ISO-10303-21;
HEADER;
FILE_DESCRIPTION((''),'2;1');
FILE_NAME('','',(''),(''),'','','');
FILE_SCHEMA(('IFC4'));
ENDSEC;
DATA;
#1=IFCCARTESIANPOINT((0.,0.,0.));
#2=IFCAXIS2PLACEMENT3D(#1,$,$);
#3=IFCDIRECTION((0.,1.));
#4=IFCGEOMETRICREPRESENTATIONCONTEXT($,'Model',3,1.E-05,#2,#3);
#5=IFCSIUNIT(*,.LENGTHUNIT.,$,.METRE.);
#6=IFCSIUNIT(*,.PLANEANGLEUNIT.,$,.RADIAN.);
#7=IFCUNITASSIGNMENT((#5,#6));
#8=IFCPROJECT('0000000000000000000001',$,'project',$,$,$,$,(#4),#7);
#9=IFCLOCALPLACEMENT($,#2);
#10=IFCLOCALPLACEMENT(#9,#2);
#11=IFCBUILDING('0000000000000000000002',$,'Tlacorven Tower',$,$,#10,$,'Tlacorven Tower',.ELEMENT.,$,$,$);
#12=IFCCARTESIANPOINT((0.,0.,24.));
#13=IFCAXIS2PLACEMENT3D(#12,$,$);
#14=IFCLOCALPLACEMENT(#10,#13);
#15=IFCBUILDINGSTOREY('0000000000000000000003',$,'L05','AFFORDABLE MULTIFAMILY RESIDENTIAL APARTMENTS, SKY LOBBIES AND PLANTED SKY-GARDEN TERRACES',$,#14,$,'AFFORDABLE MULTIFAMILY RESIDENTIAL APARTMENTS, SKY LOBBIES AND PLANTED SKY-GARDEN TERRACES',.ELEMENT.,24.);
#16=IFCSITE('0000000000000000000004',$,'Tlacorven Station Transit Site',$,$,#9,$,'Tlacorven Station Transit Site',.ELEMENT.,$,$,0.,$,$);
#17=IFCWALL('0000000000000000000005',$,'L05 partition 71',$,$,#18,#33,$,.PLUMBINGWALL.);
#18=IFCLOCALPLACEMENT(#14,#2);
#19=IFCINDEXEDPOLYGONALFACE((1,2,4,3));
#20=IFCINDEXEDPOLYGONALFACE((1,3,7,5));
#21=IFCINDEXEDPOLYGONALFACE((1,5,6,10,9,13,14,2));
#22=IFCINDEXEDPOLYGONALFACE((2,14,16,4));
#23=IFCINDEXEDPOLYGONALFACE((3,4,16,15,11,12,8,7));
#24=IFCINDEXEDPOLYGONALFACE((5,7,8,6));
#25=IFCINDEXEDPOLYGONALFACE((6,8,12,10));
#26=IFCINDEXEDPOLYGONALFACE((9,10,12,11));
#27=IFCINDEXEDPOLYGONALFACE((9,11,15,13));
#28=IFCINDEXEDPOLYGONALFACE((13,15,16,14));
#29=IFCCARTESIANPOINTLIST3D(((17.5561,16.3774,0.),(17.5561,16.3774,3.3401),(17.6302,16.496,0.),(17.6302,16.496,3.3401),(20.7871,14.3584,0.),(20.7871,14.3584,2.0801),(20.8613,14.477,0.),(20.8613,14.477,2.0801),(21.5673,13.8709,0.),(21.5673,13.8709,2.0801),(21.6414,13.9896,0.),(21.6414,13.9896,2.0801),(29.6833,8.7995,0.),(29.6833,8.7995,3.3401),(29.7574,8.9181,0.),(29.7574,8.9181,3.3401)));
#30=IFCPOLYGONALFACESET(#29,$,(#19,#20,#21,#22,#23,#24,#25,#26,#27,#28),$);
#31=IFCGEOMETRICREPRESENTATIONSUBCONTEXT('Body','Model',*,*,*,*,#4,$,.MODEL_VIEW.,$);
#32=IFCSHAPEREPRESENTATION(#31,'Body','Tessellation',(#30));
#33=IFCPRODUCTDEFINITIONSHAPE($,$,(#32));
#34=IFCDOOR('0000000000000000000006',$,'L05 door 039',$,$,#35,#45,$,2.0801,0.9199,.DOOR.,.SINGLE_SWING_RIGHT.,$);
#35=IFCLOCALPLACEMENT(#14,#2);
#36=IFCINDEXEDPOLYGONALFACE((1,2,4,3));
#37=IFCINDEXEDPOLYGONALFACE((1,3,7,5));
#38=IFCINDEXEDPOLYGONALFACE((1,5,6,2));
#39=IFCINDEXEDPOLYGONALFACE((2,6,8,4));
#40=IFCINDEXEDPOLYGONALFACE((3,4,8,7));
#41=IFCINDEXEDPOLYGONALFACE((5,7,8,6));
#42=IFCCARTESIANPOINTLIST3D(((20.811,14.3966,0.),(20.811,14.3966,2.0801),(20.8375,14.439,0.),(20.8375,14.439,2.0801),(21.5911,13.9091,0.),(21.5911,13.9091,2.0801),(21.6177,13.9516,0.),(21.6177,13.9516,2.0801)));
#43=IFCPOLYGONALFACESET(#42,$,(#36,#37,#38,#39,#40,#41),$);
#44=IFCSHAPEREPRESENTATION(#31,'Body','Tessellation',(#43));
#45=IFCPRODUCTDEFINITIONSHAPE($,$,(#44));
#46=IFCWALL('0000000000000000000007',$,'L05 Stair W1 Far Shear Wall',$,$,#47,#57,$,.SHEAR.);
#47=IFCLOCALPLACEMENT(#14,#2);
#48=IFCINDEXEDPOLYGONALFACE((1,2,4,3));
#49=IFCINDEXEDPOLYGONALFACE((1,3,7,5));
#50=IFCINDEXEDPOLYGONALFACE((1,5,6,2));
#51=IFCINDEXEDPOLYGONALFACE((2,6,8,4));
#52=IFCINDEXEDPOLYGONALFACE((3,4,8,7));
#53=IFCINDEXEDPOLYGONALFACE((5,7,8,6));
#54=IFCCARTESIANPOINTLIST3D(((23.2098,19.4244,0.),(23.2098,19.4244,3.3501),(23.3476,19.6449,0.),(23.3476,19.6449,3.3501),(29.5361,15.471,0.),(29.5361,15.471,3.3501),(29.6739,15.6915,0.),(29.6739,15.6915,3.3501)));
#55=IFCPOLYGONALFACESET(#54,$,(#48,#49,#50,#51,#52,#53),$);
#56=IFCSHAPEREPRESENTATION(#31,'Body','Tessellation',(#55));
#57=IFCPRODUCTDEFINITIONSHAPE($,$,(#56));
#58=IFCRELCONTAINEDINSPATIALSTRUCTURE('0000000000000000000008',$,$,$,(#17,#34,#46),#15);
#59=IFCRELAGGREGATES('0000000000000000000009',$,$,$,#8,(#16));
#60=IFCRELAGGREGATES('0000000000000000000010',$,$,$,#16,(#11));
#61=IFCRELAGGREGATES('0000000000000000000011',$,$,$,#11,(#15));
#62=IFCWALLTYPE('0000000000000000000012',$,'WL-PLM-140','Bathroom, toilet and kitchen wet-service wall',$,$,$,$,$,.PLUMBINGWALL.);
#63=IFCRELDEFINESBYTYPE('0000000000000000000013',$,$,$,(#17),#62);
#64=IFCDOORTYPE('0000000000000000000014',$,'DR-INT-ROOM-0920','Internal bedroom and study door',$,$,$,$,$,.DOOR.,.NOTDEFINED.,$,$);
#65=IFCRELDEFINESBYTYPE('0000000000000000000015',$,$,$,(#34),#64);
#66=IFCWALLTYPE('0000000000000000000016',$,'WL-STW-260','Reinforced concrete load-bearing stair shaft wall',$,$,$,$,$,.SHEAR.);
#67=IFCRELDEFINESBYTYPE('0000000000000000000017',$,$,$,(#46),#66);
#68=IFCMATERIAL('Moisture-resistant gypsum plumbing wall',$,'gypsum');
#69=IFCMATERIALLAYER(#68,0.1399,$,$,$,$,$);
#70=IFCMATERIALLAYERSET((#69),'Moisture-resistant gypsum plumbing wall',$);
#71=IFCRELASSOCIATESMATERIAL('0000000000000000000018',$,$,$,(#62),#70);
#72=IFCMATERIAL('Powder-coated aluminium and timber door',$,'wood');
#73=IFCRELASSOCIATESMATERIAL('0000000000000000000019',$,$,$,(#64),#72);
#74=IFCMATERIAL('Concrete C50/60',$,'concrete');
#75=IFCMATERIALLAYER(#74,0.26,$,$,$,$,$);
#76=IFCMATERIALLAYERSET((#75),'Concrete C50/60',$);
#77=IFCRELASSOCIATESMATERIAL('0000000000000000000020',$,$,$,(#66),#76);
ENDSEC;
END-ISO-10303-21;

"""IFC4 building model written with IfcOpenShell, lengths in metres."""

from ifc_helpers import new_model, si_unit, direction, frame, frame_2d, origin, place, context, subcontext, project, spatial, rectangle, extrude, source, transform, mapped, material, layer, layer_set, type_object, element, fill, save


model = new_model("IFC4")

# Units and contexts
model_context = context("Model", 3, precision=1e-05, world=origin(), true_north=direction((0.0, 1.0)))
body_context = subcontext(model_context, "Body", "Model", "MODEL_VIEW")
ifc_project = project(units=[si_unit("LENGTHUNIT", "METRE"), si_unit("PLANEANGLEUNIT", "RADIAN")], contexts=[model_context])

# Site, building, storey
site_placement = place(None, origin())
site = spatial("IfcSite", under=ifc_project, at=site_placement, Name="Tlacorven Station Transit Site", LongName="Tlacorven Station Transit Site", CompositionType="ELEMENT", RefElevation=0.0)
building_placement = place(site_placement, origin())
building = spatial("IfcBuilding", under=site, at=building_placement, Name="Tlacorven Tower", LongName="Tlacorven Tower", CompositionType="ELEMENT")
storey_placement = place(building_placement, frame((0.0, 0.0, 24.0)))
storey = spatial("IfcBuildingStorey", under=building, at=storey_placement, Name="L05", Description="AFFORDABLE MULTIFAMILY RESIDENTIAL APARTMENTS, SKY LOBBIES AND PLANTED SKY-GARDEN TERRACES", LongName="AFFORDABLE MULTIFAMILY RESIDENTIAL APARTMENTS, SKY LOBBIES AND PLANTED SKY-GARDEN TERRACES", CompositionType="ELEMENT", Elevation=24.0)

# Wall, opening, door
ifc_material_1 = material(Name="Moisture-resistant gypsum plumbing wall", Category="gypsum")
ifc_layer_1 = layer(ifc_material_1, 0.1399)
ifc_layer_set_1 = layer_set([ifc_layer_1], Name="Moisture-resistant gypsum plumbing wall")
wall_type_1 = type_object("IfcWallType", Name="WL-PLM-140", Description="Bathroom, toilet and kitchen wet-service wall", PredefinedType="PLUMBINGWALL", material=ifc_layer_set_1)
wall_1_placement = place(storey_placement, frame((29.7202, 8.8589, 0.0), z_axis=(0.0, 0.0, 1.0), x_axis=(-0.848049, 0.529918, 0.0)))
wall_1 = element("IfcWall", 1, at=wall_1_placement, inside=storey, type_object=wall_type_1, Name="L05 partition 71", PredefinedType="PLUMBINGWALL", context=body_context, shape_type="SweptSolid", body=[
    extrude(rectangle(XDim=14.3, YDim=0.1399, at=frame_2d((7.1499, 0.0))), origin(), (0.0, 0.0, 1.0), 3.3401),
])
opening_placement = place(wall_1_placement, frame((9.5701, 0.0, 0.0)))
opening = element("IfcOpeningElement", 2, at=opening_placement, cuts=wall_1, PredefinedType="OPENING", context=body_context, shape_type="SweptSolid", body=[
    extrude(rectangle(XDim=0.9199, YDim=2.0801, at=frame_2d((0.46, 1.04))), frame((0.0, 0.0801, 0.0), z_axis=(0.0, -1.0, 0.0), x_axis=(1.0, 0.0, 0.0)), (0.0, 0.0, 1.0), 0.1599),
])
ifc_material_2 = material(Name="Powder-coated aluminium and timber door", Category="wood")
door_type = type_object("IfcDoorType", Name="DR-INT-ROOM-0920", Description="Internal bedroom and study door", OperationType="NOTDEFINED", PredefinedType="DOOR", material=ifc_material_2)
shared_shape_1 = source(origin(), body_context, "Body", "SweptSolid", [
    extrude(rectangle(XDim=0.9199, YDim=2.0801, at=frame_2d((0.46, 1.04))), frame((0.0, 0.0249, 0.0), z_axis=(0.0, -1.0, 0.0), x_axis=(1.0, 0.0, 0.0)), (0.0, 0.0, 1.0), 0.05),
])
door_placement = place(opening_placement, origin())
door = element("IfcDoor", 3, at=door_placement, inside=storey, type_object=door_type, Name="L05 door 039", OperationType="SINGLE_SWING_RIGHT", OverallHeight=2.0801, OverallWidth=0.9199, PredefinedType="DOOR", context=body_context, shape_type="MappedRepresentation", body=[
    mapped(shared_shape_1, transform((0.0, 0.0, 0.0), scale=1.0)),
])
fill(opening, door)

# Wall
ifc_material_3 = material(Name="Concrete C50/60", Category="concrete")
ifc_layer_2 = layer(ifc_material_3, 0.26)
ifc_layer_set_2 = layer_set([ifc_layer_2], Name="Concrete C50/60")
wall_type_2 = type_object("IfcWallType", Name="WL-STW-260", Description="Reinforced concrete load-bearing stair shaft wall", PredefinedType="SHEAR", material=ifc_layer_set_2)
wall_2_placement = place(storey_placement, frame((29.605, 15.5813, 0.0), z_axis=(0.0, 0.0, 1.0), x_axis=(-0.848037, 0.529937, 0.0)))
element("IfcWall", 4, at=wall_2_placement, inside=storey, type_object=wall_type_2, Name="L05 Stair W1 Far Shear Wall", PredefinedType="SHEAR", context=body_context, shape_type="SweptSolid", body=[
    extrude(rectangle(XDim=7.46, YDim=0.26, at=frame_2d((3.73, 0.0))), origin(), (0.0, 0.0, 1.0), 3.3501),
])

save(model, "model.ifc")
